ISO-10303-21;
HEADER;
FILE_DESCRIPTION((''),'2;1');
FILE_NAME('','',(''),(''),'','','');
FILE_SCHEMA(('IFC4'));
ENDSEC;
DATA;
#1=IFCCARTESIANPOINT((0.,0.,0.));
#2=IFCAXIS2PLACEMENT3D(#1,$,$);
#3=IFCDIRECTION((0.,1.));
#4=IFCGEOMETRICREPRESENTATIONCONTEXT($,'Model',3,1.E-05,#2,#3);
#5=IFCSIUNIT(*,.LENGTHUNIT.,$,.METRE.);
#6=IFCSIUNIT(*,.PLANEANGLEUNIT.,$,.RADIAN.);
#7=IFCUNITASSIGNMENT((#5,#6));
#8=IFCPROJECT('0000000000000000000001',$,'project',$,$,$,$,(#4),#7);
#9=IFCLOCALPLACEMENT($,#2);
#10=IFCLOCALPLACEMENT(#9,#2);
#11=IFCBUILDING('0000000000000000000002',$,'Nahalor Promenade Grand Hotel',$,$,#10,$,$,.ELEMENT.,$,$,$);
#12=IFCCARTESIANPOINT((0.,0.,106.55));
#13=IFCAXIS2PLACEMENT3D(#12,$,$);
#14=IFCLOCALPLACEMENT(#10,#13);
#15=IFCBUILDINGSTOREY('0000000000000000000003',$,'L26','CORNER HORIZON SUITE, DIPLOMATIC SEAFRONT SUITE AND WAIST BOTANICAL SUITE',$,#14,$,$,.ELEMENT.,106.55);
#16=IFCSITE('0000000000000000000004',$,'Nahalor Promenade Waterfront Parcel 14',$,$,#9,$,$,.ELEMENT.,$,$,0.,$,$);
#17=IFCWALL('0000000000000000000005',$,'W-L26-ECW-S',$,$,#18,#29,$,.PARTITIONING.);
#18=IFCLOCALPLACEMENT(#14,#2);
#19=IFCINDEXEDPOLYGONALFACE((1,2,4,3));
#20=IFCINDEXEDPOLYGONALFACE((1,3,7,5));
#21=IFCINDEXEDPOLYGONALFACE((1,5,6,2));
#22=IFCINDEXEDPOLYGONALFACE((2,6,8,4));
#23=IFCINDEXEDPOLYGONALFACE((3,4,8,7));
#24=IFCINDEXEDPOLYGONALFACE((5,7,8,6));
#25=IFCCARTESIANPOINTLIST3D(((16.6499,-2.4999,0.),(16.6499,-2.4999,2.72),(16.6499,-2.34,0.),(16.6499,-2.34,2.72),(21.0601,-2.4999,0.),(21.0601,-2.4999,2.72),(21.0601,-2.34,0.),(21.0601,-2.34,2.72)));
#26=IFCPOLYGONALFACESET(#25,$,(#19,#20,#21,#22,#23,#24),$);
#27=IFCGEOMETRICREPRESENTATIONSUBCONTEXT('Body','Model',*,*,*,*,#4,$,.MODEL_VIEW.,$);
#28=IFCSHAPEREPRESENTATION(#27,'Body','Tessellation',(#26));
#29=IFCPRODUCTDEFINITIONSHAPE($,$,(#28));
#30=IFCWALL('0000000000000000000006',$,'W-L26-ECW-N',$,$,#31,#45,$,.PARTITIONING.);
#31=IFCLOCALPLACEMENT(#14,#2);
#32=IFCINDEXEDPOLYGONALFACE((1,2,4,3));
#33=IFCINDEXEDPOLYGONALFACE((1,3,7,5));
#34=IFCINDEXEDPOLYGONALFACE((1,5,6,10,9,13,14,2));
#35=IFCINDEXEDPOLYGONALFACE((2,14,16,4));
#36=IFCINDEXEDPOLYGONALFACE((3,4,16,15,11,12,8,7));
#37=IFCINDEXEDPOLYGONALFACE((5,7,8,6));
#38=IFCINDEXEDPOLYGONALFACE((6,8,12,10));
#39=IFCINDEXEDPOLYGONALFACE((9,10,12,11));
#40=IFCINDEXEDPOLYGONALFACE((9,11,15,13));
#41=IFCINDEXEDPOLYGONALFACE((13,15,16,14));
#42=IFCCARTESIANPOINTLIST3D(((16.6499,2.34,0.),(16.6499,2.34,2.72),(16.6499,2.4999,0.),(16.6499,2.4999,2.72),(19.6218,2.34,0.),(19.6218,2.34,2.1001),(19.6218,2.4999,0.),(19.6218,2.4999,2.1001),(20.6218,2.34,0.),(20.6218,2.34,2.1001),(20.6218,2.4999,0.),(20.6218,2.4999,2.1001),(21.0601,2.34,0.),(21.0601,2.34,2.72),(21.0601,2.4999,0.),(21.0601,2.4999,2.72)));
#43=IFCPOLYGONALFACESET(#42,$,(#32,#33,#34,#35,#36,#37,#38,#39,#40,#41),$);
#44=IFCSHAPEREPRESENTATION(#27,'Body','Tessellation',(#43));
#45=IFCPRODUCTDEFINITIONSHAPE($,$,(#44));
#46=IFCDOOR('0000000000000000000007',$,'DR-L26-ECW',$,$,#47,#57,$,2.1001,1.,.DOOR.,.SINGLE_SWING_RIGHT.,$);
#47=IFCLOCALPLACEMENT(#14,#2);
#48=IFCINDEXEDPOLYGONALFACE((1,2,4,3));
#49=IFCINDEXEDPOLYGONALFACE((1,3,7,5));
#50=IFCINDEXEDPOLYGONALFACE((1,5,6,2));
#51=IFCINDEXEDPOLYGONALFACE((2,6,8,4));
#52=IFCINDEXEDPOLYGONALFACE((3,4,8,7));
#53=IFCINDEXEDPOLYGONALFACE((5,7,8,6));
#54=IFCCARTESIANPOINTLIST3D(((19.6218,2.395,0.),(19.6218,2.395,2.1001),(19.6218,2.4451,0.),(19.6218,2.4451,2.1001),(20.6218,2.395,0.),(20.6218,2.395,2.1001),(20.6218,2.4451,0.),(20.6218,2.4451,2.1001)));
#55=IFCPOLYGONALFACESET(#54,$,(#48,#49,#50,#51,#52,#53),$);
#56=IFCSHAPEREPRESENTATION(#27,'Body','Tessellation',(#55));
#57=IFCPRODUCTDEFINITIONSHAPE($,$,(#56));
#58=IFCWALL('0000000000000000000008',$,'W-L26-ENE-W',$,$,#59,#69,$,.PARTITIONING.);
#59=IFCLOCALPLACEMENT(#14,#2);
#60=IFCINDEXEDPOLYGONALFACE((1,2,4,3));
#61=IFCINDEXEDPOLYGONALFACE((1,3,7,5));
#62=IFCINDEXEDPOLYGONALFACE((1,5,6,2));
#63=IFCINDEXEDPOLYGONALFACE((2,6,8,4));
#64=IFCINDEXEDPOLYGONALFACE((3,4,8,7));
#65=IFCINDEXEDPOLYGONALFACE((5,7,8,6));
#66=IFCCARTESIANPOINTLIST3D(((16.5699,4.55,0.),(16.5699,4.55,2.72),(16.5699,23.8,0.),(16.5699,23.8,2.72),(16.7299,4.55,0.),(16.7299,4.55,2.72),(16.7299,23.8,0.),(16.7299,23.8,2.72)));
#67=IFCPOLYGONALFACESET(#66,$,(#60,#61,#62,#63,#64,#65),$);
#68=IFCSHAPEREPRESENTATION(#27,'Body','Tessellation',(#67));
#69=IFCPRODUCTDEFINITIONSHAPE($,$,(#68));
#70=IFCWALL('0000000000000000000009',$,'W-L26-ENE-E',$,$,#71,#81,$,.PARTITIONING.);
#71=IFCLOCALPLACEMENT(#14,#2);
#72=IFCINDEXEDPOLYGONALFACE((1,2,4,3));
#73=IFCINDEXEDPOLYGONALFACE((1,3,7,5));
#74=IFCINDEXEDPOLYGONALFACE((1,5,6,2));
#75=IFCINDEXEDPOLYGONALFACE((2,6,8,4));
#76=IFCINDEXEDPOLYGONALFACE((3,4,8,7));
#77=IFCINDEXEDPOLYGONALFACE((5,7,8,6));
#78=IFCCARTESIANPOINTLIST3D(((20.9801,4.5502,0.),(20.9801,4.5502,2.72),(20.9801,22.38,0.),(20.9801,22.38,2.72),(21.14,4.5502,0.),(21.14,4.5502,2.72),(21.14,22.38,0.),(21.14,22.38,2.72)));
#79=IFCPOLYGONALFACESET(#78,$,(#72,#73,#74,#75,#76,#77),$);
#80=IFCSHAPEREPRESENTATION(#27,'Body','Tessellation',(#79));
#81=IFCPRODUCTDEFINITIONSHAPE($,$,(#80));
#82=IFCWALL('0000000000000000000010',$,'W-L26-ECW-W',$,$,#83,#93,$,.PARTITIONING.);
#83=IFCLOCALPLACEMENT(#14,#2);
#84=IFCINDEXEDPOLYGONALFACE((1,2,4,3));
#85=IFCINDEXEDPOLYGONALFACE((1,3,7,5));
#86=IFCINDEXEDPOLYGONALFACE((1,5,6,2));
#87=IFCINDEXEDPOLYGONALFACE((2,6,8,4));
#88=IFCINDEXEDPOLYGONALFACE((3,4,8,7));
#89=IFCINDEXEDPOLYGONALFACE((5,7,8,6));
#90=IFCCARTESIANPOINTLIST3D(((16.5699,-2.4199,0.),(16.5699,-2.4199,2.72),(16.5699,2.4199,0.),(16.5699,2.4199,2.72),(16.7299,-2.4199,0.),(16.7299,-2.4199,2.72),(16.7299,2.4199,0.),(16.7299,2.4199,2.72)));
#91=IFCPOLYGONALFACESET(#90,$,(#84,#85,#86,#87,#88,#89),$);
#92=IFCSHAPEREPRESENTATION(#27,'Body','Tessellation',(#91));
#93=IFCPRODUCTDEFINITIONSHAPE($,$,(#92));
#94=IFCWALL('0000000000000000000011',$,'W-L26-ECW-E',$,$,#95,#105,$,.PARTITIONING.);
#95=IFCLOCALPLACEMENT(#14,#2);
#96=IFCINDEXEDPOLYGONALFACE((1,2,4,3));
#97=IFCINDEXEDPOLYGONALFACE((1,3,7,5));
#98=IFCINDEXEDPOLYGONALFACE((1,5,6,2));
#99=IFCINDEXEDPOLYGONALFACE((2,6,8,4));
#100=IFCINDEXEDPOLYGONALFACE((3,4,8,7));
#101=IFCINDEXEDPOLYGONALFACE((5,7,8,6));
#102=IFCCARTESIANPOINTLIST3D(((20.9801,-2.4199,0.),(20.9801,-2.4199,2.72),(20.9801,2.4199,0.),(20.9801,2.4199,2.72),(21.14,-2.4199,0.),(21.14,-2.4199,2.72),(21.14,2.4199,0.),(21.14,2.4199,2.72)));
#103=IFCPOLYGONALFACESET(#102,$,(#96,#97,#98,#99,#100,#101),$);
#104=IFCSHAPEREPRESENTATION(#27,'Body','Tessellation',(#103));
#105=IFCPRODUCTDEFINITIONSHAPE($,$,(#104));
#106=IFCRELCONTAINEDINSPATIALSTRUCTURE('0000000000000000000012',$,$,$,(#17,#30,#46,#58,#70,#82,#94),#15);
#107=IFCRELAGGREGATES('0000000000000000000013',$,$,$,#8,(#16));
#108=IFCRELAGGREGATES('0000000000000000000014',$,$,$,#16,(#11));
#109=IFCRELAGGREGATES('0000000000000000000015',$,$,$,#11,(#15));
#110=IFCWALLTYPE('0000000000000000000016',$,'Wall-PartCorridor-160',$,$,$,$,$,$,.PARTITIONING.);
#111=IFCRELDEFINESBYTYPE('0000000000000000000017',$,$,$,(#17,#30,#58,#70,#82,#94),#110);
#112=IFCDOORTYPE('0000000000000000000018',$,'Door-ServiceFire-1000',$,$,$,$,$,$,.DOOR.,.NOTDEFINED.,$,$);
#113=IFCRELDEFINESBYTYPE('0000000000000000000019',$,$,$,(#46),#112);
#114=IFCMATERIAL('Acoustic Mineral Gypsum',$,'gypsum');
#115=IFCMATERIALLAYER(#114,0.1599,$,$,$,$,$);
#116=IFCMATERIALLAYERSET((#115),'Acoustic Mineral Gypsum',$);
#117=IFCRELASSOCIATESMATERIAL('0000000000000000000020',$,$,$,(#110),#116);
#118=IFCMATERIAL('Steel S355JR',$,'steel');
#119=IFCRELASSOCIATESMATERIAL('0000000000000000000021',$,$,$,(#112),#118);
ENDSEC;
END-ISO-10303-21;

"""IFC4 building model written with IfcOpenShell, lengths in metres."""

from ifc_helpers import new_model, si_unit, direction, frame, frame_2d, origin, place, context, subcontext, project, spatial, rectangle, extrude, source, transform, mapped, material, layer, layer_set, type_object, element, fill, save


model = new_model("IFC4")

# Units and contexts
model_context = context("Model", 3, precision=1e-05, world=origin(), true_north=direction((0.0, 1.0)))
body_context = subcontext(model_context, "Body", "Model", "MODEL_VIEW")
ifc_project = project(units=[si_unit("LENGTHUNIT", "METRE"), si_unit("PLANEANGLEUNIT", "RADIAN")], contexts=[model_context])

# Site, building, storey
site_placement = place(None, origin())
site = spatial("IfcSite", under=ifc_project, at=site_placement, Name="Nahalor Promenade Waterfront Parcel 14", CompositionType="ELEMENT", RefElevation=0.0)
building_placement = place(site_placement, origin())
building = spatial("IfcBuilding", under=site, at=building_placement, Name="Nahalor Promenade Grand Hotel", CompositionType="ELEMENT")
storey_placement = place(building_placement, frame((0.0, 0.0, 106.55)))
storey = spatial("IfcBuildingStorey", under=building, at=storey_placement, Name="L26", Description="CORNER HORIZON SUITE, DIPLOMATIC SEAFRONT SUITE AND WAIST BOTANICAL SUITE", CompositionType="ELEMENT", Elevation=106.55)

# Shared definitions
ifc_material_1 = material(Name="Steel S355JR", Category="steel")

# Shared definitions
ifc_material_2 = material(Name="Acoustic Mineral Gypsum", Category="gypsum")
ifc_layer_1 = layer(ifc_material_2, 0.1599)
ifc_layer_set_1 = layer_set([ifc_layer_1], Name="Acoustic Mineral Gypsum")
wall_type_1 = type_object("IfcWallType", Name="Wall-PartCorridor-160", PredefinedType="PARTITIONING", material=ifc_layer_set_1)
shared_shape_1 = source(origin(), body_context, "Body", "SweptSolid", [
    extrude(rectangle(XDim=4.4102, YDim=0.1599, at=frame_2d((2.2051, 0.0))), origin(), (0.0, 0.0, 1.0), 2.72),
])

# Wall
wall_1_placement = place(storey_placement, frame((16.6499, -2.4199, 0.0), z_axis=(0.0, 0.0, 1.0), x_axis=(1.0, 0.0, 0.0)))
element("IfcWall", 1, at=wall_1_placement, inside=storey, type_object=wall_type_1, Name="W-L26-ECW-S", PredefinedType="PARTITIONING", context=body_context, shape_type="MappedRepresentation", body=[
    mapped(shared_shape_1, transform((0.0, 0.0, 0.0), scale=1.0)),
])

# Wall, opening, door
wall_2_placement = place(storey_placement, frame((16.6499, 2.4199, 0.0), z_axis=(0.0, 0.0, 1.0), x_axis=(1.0, 0.0, 0.0)))
wall_2 = element("IfcWall", 2, at=wall_2_placement, inside=storey, type_object=wall_type_1, Name="W-L26-ECW-N", PredefinedType="PARTITIONING", context=body_context, shape_type="MappedRepresentation", body=[
    mapped(shared_shape_1, transform((0.0, 0.0, 0.0), scale=1.0)),
])
opening_1_placement = place(wall_2_placement, frame((2.9719, 0.0, 0.0)))
opening_1 = element("IfcOpeningElement", 3, at=opening_1_placement, cuts=wall_2, PredefinedType="OPENING", context=body_context, shape_type="SweptSolid", body=[
    extrude(rectangle(XDim=1.0, YDim=2.1001, at=frame_2d((0.5, 1.05))), frame((0.0, 0.0898, 0.0), z_axis=(0.0, -1.0, 0.0), x_axis=(1.0, 0.0, 0.0)), (0.0, 0.0, 1.0), 0.1799),
])
door_type_1 = type_object("IfcDoorType", Name="Door-ServiceFire-1000", OperationType="NOTDEFINED", PredefinedType="DOOR", material=ifc_material_1)
shared_shape_2 = source(origin(), body_context, "Body", "SweptSolid", [
    extrude(rectangle(XDim=1.0, YDim=2.1001, at=frame_2d((0.5, 1.05))), frame((0.0, 0.0249, 0.0), z_axis=(0.0, -1.0, 0.0), x_axis=(1.0, 0.0, 0.0)), (0.0, 0.0, 1.0), 0.05),
])
door_1_placement = place(opening_1_placement, frame((1.0, 0.0, 0.0), z_axis=(0.0, 0.0, 1.0), x_axis=(-1.0, 0.0, 0.0)))
door_1 = element("IfcDoor", 4, at=door_1_placement, inside=storey, type_object=door_type_1, Name="DR-L26-ECW", OperationType="SINGLE_SWING_RIGHT", OverallHeight=2.1001, OverallWidth=1.0, PredefinedType="DOOR", context=body_context, shape_type="MappedRepresentation", body=[
    mapped(shared_shape_2, transform((0.0, 0.0, 0.0), scale=1.0)),
])
fill(opening_1, door_1)

# Walls
shared_shape_3 = source(origin(), body_context, "Body", "SweptSolid", [
    extrude(rectangle(XDim=19.25, YDim=0.1599, at=frame_2d((9.625, 0.0))), origin(), (0.0, 0.0, 1.0), 2.72),
])
wall_3_placement = place(storey_placement, frame((16.6499, 4.55, 0.0), z_axis=(0.0, 0.0, 1.0), x_axis=(0.0, 1.0, 0.0)))
element("IfcWall", 5, at=wall_3_placement, inside=storey, type_object=wall_type_1, Name="W-L26-ENE-W", PredefinedType="PARTITIONING", context=body_context, shape_type="MappedRepresentation", body=[
    mapped(shared_shape_3, transform((0.0, 0.0, 0.0), scale=1.0)),
])
shared_shape_4 = source(origin(), body_context, "Body", "SweptSolid", [
    extrude(rectangle(XDim=17.8298, YDim=0.1599, at=frame_2d((8.915, 0.0))), origin(), (0.0, 0.0, 1.0), 2.72),
])
wall_4_placement = place(storey_placement, frame((21.0601, 4.55, 0.0), z_axis=(0.0, 0.0, 1.0), x_axis=(0.0, 1.0, 0.0)))
element("IfcWall", 6, at=wall_4_placement, inside=storey, type_object=wall_type_1, Name="W-L26-ENE-E", PredefinedType="PARTITIONING", context=body_context, shape_type="MappedRepresentation", body=[
    mapped(shared_shape_4, transform((0.0, 0.0, 0.0), scale=1.0)),
])
shared_shape_5 = source(origin(), body_context, "Body", "SweptSolid", [
    extrude(rectangle(XDim=4.8398, YDim=0.1599, at=frame_2d((2.4199, 0.0))), origin(), (0.0, 0.0, 1.0), 2.72),
])
for number, where, z_axis, x_axis, name in (
    (7, (16.6499, -2.4199, 0.0), (0.0, 0.0, 1.0), (0.0, 1.0, 0.0), "W-L26-ECW-W"),
    (8, (21.0601, -2.4199, 0.0), (0.0, 0.0, 1.0), (0.0, 1.0, 0.0), "W-L26-ECW-E"),
):
    element("IfcWall", number, at=place(storey_placement, frame(where, z_axis=z_axis, x_axis=x_axis)), inside=storey, type_object=wall_type_1, Name=name, PredefinedType="PARTITIONING", context=body_context, shape_type="MappedRepresentation", body=[
        mapped(shared_shape_5, transform((0.0, 0.0, 0.0), scale=1.0)),
    ])

save(model, "model.ifc")
